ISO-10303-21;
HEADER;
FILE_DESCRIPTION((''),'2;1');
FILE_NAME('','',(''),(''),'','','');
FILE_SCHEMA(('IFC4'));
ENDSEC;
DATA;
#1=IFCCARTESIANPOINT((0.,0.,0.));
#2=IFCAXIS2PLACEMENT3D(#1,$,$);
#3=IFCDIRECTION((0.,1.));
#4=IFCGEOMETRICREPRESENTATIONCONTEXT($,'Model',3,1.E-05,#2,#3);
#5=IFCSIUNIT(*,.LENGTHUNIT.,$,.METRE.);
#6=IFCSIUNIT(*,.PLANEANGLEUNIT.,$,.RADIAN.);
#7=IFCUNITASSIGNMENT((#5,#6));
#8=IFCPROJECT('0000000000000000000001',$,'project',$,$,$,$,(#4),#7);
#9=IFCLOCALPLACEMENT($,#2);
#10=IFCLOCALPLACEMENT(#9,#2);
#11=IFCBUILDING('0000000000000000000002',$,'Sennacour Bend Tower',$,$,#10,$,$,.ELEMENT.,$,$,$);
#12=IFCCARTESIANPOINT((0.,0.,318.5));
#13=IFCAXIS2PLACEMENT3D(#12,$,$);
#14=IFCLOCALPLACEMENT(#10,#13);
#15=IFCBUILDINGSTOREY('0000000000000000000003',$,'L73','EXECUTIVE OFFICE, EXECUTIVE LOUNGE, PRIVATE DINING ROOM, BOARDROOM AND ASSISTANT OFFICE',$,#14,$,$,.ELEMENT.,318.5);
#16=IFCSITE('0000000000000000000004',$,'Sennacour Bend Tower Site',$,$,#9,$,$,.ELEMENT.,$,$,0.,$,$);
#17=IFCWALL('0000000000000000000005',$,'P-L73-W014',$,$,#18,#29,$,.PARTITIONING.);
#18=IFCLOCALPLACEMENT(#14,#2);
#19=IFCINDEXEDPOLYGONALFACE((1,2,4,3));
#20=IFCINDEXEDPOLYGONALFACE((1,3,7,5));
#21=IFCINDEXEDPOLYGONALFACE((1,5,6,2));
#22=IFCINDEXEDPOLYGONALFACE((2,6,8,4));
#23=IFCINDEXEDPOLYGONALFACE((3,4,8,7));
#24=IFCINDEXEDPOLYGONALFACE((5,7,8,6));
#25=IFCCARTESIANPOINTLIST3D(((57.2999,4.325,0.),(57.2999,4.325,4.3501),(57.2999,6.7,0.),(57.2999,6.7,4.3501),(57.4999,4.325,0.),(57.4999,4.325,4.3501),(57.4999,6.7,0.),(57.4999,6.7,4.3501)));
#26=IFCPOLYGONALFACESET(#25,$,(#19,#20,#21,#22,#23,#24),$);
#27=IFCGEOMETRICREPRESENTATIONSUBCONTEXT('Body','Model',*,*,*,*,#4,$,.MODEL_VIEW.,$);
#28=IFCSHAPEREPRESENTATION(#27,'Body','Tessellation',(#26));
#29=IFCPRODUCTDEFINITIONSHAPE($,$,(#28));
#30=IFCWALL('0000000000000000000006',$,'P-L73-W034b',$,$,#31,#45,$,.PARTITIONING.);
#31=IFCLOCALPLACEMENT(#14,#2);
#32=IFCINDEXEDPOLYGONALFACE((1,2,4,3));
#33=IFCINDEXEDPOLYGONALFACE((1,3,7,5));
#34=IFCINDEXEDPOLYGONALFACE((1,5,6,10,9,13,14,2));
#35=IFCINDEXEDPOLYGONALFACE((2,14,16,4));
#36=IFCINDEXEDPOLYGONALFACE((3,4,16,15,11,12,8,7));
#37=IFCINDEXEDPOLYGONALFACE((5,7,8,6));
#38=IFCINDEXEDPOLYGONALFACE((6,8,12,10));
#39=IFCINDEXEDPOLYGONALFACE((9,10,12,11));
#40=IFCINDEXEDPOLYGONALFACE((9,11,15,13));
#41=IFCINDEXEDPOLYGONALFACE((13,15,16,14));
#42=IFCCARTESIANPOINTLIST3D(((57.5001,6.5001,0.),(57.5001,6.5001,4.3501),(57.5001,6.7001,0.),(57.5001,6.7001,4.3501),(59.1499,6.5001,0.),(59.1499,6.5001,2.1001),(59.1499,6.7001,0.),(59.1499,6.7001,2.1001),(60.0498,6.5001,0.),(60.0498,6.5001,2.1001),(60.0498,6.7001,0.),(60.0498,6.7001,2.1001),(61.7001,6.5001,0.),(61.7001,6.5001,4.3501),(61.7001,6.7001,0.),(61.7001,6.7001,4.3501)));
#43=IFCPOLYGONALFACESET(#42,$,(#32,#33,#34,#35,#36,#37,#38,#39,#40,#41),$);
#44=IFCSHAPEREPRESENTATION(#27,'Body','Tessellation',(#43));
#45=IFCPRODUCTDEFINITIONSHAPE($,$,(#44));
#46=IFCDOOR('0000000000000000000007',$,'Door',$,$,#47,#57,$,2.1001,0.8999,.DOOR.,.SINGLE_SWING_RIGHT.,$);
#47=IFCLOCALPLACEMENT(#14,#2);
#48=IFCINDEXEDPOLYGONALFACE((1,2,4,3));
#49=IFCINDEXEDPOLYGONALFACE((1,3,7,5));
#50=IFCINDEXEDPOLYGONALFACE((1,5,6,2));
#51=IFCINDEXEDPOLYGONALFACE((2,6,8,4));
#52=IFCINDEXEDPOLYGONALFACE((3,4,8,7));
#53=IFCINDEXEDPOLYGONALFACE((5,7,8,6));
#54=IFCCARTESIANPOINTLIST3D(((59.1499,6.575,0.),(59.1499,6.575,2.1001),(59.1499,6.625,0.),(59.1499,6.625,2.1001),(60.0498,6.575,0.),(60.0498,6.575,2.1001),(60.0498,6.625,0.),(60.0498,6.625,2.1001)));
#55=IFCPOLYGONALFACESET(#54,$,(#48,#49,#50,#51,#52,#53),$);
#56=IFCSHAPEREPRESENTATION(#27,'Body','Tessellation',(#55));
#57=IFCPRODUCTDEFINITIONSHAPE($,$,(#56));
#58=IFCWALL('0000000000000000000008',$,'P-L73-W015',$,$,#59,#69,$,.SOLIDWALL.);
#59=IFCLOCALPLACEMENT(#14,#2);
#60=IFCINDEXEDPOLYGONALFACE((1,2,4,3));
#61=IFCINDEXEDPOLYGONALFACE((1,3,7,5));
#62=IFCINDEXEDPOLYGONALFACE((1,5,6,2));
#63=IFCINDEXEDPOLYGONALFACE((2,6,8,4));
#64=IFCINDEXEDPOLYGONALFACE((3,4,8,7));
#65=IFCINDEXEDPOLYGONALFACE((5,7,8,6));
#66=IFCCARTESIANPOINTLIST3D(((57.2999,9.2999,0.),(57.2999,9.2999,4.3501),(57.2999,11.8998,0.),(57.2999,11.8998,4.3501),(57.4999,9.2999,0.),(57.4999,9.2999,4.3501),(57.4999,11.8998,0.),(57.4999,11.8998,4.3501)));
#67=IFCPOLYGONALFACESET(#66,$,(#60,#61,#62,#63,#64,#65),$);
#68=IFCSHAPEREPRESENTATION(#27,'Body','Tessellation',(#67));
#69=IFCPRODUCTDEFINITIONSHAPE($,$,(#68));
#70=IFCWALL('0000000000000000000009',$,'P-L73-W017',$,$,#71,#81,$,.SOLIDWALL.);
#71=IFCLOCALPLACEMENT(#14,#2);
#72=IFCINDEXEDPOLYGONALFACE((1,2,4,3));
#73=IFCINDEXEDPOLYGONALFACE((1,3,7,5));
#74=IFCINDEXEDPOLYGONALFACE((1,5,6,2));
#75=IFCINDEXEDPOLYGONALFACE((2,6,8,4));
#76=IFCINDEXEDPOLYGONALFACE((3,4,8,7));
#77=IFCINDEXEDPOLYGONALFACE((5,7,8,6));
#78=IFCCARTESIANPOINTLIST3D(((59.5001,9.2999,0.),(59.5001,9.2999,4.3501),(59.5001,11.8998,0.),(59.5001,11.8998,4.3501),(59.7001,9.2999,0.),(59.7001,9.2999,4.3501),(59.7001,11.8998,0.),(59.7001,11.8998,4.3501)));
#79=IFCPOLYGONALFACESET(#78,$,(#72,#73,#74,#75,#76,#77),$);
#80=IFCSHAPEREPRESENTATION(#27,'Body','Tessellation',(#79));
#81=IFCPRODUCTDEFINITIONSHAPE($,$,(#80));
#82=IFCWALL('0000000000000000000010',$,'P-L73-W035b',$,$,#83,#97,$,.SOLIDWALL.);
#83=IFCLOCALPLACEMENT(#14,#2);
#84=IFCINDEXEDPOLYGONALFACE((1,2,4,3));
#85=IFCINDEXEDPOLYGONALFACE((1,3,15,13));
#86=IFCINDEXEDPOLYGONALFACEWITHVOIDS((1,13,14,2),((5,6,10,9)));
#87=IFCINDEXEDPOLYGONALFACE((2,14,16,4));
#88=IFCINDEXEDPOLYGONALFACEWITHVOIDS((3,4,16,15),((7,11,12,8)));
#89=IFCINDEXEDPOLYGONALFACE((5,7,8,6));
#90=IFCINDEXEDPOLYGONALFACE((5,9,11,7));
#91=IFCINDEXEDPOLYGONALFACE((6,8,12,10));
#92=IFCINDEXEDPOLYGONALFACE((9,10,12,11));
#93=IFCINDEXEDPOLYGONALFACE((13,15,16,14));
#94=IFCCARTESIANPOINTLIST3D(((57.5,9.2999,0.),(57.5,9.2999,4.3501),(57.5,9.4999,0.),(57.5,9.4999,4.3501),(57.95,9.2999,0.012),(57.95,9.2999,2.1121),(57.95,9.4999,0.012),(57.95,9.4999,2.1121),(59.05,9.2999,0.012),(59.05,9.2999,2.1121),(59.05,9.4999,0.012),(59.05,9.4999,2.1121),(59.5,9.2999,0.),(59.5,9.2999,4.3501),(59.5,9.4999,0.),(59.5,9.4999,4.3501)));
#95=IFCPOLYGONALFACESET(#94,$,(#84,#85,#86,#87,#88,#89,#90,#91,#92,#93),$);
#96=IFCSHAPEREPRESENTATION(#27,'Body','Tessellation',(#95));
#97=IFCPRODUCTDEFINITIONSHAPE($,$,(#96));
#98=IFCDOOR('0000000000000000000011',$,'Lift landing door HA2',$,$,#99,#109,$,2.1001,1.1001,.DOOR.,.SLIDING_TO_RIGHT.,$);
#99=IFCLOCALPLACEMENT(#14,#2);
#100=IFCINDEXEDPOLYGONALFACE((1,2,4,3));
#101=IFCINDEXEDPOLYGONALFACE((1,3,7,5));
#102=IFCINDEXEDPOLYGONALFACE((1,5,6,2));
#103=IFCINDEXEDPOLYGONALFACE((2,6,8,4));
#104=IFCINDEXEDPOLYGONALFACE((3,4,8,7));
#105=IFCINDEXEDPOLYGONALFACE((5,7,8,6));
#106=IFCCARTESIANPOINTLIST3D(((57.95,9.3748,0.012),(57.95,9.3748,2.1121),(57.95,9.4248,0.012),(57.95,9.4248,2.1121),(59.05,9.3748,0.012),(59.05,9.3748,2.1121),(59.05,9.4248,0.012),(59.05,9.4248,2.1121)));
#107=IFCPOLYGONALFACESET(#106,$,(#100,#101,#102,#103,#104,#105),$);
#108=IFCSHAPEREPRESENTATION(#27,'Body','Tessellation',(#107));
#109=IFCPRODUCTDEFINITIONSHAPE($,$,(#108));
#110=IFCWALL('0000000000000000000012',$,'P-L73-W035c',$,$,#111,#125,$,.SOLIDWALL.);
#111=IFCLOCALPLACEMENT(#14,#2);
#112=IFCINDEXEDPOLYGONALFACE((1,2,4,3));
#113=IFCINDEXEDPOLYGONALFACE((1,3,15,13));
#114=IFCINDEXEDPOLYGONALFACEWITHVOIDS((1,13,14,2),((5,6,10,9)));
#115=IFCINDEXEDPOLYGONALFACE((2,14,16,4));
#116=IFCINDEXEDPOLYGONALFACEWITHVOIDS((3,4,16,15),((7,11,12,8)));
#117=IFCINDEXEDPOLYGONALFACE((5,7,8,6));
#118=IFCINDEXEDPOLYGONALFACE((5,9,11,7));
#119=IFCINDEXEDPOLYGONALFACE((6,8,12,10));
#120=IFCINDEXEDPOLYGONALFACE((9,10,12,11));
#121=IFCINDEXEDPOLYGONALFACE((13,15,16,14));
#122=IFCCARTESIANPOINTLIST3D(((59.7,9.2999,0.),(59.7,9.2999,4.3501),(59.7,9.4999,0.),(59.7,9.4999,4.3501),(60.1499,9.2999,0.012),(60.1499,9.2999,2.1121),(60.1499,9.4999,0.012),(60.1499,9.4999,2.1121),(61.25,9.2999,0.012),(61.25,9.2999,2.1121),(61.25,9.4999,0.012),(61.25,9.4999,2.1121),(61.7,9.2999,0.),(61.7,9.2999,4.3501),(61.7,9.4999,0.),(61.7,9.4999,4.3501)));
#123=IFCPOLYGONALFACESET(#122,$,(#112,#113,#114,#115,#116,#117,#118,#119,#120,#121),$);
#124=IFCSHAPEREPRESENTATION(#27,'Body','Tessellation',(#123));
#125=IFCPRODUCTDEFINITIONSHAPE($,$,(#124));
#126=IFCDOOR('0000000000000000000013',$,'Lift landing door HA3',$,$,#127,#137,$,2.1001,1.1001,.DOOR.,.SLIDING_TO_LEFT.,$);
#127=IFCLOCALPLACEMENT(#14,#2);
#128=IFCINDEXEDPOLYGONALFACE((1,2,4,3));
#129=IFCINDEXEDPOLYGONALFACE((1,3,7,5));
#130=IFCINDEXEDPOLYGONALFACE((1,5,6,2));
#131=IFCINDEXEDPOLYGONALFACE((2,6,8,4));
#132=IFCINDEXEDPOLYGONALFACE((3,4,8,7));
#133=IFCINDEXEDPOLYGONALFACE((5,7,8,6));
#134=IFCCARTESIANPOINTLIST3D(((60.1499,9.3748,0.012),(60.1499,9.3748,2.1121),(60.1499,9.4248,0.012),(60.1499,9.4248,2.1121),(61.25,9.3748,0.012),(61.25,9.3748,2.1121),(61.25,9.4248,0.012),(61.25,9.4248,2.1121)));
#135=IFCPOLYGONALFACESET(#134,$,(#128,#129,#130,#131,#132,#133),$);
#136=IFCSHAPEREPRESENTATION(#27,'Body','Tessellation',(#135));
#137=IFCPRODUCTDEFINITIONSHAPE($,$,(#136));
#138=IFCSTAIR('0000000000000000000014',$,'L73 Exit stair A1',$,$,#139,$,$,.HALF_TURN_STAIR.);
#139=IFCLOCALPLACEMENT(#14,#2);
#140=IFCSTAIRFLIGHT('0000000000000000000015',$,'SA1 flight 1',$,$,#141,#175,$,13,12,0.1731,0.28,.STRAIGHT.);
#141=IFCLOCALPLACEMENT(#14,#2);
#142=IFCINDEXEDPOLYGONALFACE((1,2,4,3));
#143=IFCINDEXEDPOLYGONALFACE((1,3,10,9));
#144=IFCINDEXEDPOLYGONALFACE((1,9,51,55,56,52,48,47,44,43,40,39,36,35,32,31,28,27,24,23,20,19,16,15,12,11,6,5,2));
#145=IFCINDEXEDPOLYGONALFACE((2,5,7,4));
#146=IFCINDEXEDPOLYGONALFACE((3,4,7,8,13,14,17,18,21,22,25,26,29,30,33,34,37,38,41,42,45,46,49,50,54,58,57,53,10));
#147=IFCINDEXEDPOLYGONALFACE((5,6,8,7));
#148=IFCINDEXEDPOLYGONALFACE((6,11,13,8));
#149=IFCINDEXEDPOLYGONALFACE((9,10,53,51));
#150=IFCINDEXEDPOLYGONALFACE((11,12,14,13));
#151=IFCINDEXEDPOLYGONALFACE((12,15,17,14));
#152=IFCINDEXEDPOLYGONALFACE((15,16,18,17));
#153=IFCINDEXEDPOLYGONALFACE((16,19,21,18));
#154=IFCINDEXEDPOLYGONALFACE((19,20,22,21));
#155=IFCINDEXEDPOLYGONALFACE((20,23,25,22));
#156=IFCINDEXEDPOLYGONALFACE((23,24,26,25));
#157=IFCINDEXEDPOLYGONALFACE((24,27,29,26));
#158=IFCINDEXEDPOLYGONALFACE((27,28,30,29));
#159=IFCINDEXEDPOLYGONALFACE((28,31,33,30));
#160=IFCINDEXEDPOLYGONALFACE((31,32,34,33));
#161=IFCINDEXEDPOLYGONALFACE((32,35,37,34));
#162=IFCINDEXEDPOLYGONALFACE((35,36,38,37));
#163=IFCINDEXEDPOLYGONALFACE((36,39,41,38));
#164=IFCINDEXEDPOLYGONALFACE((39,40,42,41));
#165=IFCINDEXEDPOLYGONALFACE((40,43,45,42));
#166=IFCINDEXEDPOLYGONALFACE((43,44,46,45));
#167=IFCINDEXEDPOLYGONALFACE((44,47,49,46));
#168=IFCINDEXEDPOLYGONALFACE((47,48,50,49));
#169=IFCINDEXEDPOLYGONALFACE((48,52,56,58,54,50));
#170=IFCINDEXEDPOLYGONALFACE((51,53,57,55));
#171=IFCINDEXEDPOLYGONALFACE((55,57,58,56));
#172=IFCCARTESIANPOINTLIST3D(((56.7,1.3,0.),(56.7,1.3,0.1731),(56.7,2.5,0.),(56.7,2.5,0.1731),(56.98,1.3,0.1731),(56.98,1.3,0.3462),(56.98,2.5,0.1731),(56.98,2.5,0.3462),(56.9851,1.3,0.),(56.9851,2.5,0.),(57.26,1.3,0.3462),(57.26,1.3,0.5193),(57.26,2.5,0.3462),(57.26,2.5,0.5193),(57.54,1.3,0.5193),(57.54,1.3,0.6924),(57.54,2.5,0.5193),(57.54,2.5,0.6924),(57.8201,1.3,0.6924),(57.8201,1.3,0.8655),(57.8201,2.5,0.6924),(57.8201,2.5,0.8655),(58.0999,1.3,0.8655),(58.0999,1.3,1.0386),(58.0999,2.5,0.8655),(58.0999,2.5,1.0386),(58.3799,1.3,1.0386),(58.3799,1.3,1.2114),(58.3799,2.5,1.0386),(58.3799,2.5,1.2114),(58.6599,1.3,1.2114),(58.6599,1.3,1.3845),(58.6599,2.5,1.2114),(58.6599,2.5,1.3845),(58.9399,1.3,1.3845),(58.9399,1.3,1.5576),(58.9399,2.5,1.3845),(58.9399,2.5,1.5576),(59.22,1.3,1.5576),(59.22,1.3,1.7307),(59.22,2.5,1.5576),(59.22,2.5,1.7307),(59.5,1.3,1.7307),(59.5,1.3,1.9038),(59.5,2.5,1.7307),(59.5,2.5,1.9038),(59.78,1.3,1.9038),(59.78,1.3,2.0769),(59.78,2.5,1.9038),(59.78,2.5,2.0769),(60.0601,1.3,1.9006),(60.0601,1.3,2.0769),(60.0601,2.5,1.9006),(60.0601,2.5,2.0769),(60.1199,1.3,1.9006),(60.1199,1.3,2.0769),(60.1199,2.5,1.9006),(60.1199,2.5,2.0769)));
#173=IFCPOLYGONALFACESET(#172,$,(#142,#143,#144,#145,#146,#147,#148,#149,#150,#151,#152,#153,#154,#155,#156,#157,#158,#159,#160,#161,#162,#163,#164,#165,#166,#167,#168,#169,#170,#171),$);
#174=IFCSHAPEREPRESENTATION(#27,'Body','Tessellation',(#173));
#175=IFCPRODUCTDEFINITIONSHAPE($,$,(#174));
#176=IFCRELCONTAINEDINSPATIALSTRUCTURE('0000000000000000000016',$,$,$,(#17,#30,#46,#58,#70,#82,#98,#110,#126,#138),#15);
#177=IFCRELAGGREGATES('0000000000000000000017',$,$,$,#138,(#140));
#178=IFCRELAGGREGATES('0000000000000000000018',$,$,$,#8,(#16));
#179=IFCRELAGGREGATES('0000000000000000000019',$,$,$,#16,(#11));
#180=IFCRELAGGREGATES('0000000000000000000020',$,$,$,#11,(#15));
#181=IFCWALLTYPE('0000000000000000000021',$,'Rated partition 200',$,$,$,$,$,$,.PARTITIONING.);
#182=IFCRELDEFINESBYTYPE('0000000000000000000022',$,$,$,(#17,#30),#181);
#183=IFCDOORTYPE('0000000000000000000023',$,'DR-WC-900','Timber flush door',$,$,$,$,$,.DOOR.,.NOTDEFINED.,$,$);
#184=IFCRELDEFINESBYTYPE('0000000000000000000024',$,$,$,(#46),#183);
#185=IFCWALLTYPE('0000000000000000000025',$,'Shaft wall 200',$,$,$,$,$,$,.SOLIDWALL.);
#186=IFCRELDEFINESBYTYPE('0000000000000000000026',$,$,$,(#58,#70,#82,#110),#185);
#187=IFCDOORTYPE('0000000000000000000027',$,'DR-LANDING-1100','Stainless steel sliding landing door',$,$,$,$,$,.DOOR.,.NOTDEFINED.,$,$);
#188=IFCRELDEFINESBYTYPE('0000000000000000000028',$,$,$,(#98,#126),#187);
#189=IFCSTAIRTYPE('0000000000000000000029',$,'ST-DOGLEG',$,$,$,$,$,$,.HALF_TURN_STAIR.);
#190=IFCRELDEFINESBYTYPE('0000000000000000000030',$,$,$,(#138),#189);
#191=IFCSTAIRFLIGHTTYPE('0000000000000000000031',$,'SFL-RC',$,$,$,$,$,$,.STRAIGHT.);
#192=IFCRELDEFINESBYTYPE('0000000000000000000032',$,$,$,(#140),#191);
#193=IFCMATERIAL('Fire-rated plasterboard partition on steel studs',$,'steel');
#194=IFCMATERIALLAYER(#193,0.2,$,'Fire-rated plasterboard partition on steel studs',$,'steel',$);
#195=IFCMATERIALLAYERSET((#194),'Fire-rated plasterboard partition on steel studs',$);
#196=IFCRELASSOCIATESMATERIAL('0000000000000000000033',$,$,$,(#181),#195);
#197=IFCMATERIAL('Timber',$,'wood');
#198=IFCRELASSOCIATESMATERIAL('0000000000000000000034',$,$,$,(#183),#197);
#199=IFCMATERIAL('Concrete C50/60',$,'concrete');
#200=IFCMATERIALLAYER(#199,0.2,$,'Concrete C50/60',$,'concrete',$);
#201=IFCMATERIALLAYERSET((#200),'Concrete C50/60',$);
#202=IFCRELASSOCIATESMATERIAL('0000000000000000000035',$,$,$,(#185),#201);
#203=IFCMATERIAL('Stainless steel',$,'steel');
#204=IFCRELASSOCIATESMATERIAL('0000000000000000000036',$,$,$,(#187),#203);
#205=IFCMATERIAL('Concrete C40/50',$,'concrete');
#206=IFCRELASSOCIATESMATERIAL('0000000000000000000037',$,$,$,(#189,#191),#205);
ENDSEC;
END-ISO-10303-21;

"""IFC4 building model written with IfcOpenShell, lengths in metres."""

from ifc_helpers import new_model, si_unit, direction, frame, frame_2d, origin, place, context, subcontext, project, spatial, polyline, rectangle, outline, extrude, material, layer, layer_set, type_object, element, fill, aggregate, save


model = new_model("IFC4")

# Units and contexts
model_context = context("Model", 3, precision=1e-05, world=origin(), true_north=direction((0.0, 1.0)))
body_context = subcontext(model_context, "Body", "Model", "MODEL_VIEW")
ifc_project = project(units=[si_unit("LENGTHUNIT", "METRE"), si_unit("PLANEANGLEUNIT", "RADIAN")], contexts=[model_context])

# Site, building, storey
site_placement = place(None, origin())
site = spatial("IfcSite", under=ifc_project, at=site_placement, Name="Sennacour Bend Tower Site", CompositionType="ELEMENT", RefElevation=0.0)
building_placement = place(site_placement, origin())
building = spatial("IfcBuilding", under=site, at=building_placement, Name="Sennacour Bend Tower", CompositionType="ELEMENT")
storey_placement = place(building_placement, frame((0.0, 0.0, 318.5)))
storey = spatial("IfcBuildingStorey", under=building, at=storey_placement, Name="L73", Description="EXECUTIVE OFFICE, EXECUTIVE LOUNGE, PRIVATE DINING ROOM, BOARDROOM AND ASSISTANT OFFICE", CompositionType="ELEMENT", Elevation=318.5)

# Wall
ifc_material_1 = material(Name="Fire-rated plasterboard partition on steel studs", Category="steel")
ifc_layer_1 = layer(ifc_material_1, 0.2, Name="Fire-rated plasterboard partition on steel studs", Category="steel")
ifc_layer_set_1 = layer_set([ifc_layer_1], Name="Fire-rated plasterboard partition on steel studs")
wall_type_1 = type_object("IfcWallType", Name="Rated partition 200", PredefinedType="PARTITIONING", material=ifc_layer_set_1)
wall_1_placement = place(storey_placement, frame((57.3999, 4.325, 0.0), z_axis=(0.0, 0.0, 1.0), x_axis=(0.0, 1.0, 0.0)))
element("IfcWall", 1, at=wall_1_placement, inside=storey, type_object=wall_type_1, Name="P-L73-W014", PredefinedType="PARTITIONING", context=body_context, shape_type="SweptSolid", body=[
    extrude(rectangle(XDim=2.375, YDim=0.2, at=frame_2d((1.1875, 0.0))), origin(), (0.0, 0.0, 1.0), 4.3501),
])

# Wall, opening, door
wall_2_placement = place(storey_placement, frame((57.5, 6.6001, 0.0), z_axis=(0.0, 0.0, 1.0), x_axis=(1.0, 0.0, 0.0)))
wall_2 = element("IfcWall", 2, at=wall_2_placement, inside=storey, type_object=wall_type_1, Name="P-L73-W034b", PredefinedType="PARTITIONING", context=body_context, shape_type="SweptSolid", body=[
    extrude(rectangle(XDim=4.2, YDim=0.2, at=frame_2d((2.1001, 0.0))), origin(), (0.0, 0.0, 1.0), 4.3501),
])
opening_1_placement = place(wall_2_placement, frame((1.6499, 0.0, 0.0)))
opening_1 = element("IfcOpeningElement", 3, at=opening_1_placement, cuts=wall_2, PredefinedType="OPENING", context=body_context, shape_type="SweptSolid", body=[
    extrude(rectangle(XDim=0.8999, YDim=2.1001, at=frame_2d((0.45, 1.05))), frame((0.0, 0.1099, 0.0), z_axis=(0.0, -1.0, 0.0), x_axis=(1.0, 0.0, 0.0)), (0.0, 0.0, 1.0), 0.22),
])
ifc_material_2 = material(Name="Timber", Category="wood")
door_type_1 = type_object("IfcDoorType", Name="DR-WC-900", Description="Timber flush door", OperationType="NOTDEFINED", PredefinedType="DOOR", material=ifc_material_2)
door_1_placement = place(opening_1_placement, origin())
door_1 = element("IfcDoor", 4, at=door_1_placement, inside=storey, type_object=door_type_1, Name="Door", OperationType="SINGLE_SWING_RIGHT", OverallHeight=2.1001, OverallWidth=0.8999, PredefinedType="DOOR", context=body_context, shape_type="SweptSolid", body=[
    extrude(rectangle(XDim=0.8999, YDim=2.1001, at=frame_2d((0.45, 1.05))), frame((0.0, 0.0249, 0.0), z_axis=(0.0, -1.0, 0.0), x_axis=(1.0, 0.0, 0.0)), (0.0, 0.0, 1.0), 0.05),
])
fill(opening_1, door_1)

# Walls
ifc_material_3 = material(Name="Concrete C50/60", Category="concrete")
ifc_layer_2 = layer(ifc_material_3, 0.2, Name="Concrete C50/60", Category="concrete")
ifc_layer_set_2 = layer_set([ifc_layer_2], Name="Concrete C50/60")
wall_type_2 = type_object("IfcWallType", Name="Shaft wall 200", PredefinedType="SOLIDWALL", material=ifc_layer_set_2)
for number, where, z_axis, x_axis, name in (
    (5, (57.3999, 9.3, 0.0), (0.0, 0.0, 1.0), (0.0, 1.0, 0.0), "P-L73-W015"),
    (6, (59.6001, 9.3, 0.0), (0.0, 0.0, 1.0), (0.0, 1.0, 0.0), "P-L73-W017"),
):
    element("IfcWall", number, at=place(storey_placement, frame(where, z_axis=z_axis, x_axis=x_axis)), inside=storey, type_object=wall_type_2, Name=name, PredefinedType="SOLIDWALL", context=body_context, shape_type="SweptSolid", body=[
        extrude(rectangle(XDim=2.5999, YDim=0.2, at=frame_2d((1.2998, 0.0))), origin(), (0.0, 0.0, 1.0), 4.3501),
    ])

# Walls, openings, doors
wall_3_placement = place(storey_placement, frame((57.5, 9.3999, 0.0), z_axis=(0.0, 0.0, 1.0), x_axis=(1.0, 0.0, 0.0)))
wall_3 = element("IfcWall", 7, at=wall_3_placement, inside=storey, type_object=wall_type_2, Name="P-L73-W035b", PredefinedType="SOLIDWALL", context=body_context, shape_type="SweptSolid", body=[
    extrude(rectangle(XDim=2.0, YDim=0.2, at=frame_2d((1.0, 0.0))), origin(), (0.0, 0.0, 1.0), 4.3501),
])
opening_2_placement = place(wall_3_placement, frame((0.45, 0.0, 0.012)))
opening_2 = element("IfcOpeningElement", 8, at=opening_2_placement, cuts=wall_3, PredefinedType="OPENING", context=body_context, shape_type="SweptSolid", body=[
    extrude(rectangle(XDim=1.1001, YDim=2.1001, at=frame_2d((0.55, 1.05))), frame((0.0, 0.1099, 0.0), z_axis=(0.0, -1.0, 0.0), x_axis=(1.0, 0.0, 0.0)), (0.0, 0.0, 1.0), 0.22),
])
ifc_material_4 = material(Name="Stainless steel", Category="steel")
door_type_2 = type_object("IfcDoorType", Name="DR-LANDING-1100", Description="Stainless steel sliding landing door", OperationType="NOTDEFINED", PredefinedType="DOOR", material=ifc_material_4)
door_2_placement = place(opening_2_placement, origin())
door_2 = element("IfcDoor", 9, at=door_2_placement, inside=storey, type_object=door_type_2, Name="Lift landing door HA2", OperationType="SLIDING_TO_RIGHT", OverallHeight=2.1001, OverallWidth=1.1001, PredefinedType="DOOR", context=body_context, shape_type="SweptSolid", body=[
    extrude(rectangle(XDim=1.1001, YDim=2.1001, at=frame_2d((0.55, 1.05))), frame((0.0, 0.0249, 0.0), z_axis=(0.0, -1.0, 0.0), x_axis=(1.0, 0.0, 0.0)), (0.0, 0.0, 1.0), 0.05),
])
fill(opening_2, door_2)
wall_4_placement = place(storey_placement, frame((59.7, 9.3999, 0.0), z_axis=(0.0, 0.0, 1.0), x_axis=(1.0, 0.0, 0.0)))
wall_4 = element("IfcWall", 10, at=wall_4_placement, inside=storey, type_object=wall_type_2, Name="P-L73-W035c", PredefinedType="SOLIDWALL", context=body_context, shape_type="SweptSolid", body=[
    extrude(rectangle(XDim=2.0, YDim=0.2, at=frame_2d((1.0, 0.0))), origin(), (0.0, 0.0, 1.0), 4.3501),
])
opening_3_placement = place(wall_4_placement, frame((0.45, 0.0, 0.012)))
opening_3 = element("IfcOpeningElement", 11, at=opening_3_placement, cuts=wall_4, PredefinedType="OPENING", context=body_context, shape_type="SweptSolid", body=[
    extrude(rectangle(XDim=1.1001, YDim=2.1001, at=frame_2d((0.55, 1.05))), frame((0.0, 0.1099, 0.0), z_axis=(0.0, -1.0, 0.0), x_axis=(1.0, 0.0, 0.0)), (0.0, 0.0, 1.0), 0.22),
])
door_3_placement = place(opening_3_placement, origin())
door_3 = element("IfcDoor", 12, at=door_3_placement, inside=storey, type_object=door_type_2, Name="Lift landing door HA3", OperationType="SLIDING_TO_LEFT", OverallHeight=2.1001, OverallWidth=1.1001, PredefinedType="DOOR", context=body_context, shape_type="SweptSolid", body=[
    extrude(rectangle(XDim=1.1001, YDim=2.1001, at=frame_2d((0.55, 1.05))), frame((0.0, 0.0249, 0.0), z_axis=(0.0, -1.0, 0.0), x_axis=(1.0, 0.0, 0.0)), (0.0, 0.0, 1.0), 0.05),
])
fill(opening_3, door_3)

# Stair, stair flight
ifc_material_5 = material(Name="Concrete C40/50", Category="concrete")
stair_type = type_object("IfcStairType", Name="ST-DOGLEG", PredefinedType="HALF_TURN_STAIR", material=ifc_material_5)
stair_placement = place(storey_placement, origin())
stair = element("IfcStair", 13, at=stair_placement, inside=storey, type_object=stair_type, Name="L73 Exit stair A1", PredefinedType="HALF_TURN_STAIR")
stair_flight_type = type_object("IfcStairFlightType", Name="SFL-RC", PredefinedType="STRAIGHT", material=ifc_material_5)
stair_flight_1_placement = place(storey_placement, frame((56.7, 1.8999, 0.0), z_axis=(0.0, 0.0, 1.0), x_axis=(1.0, 0.0, 0.0)))
stair_flight_1 = element("IfcStairFlight", 14, at=stair_flight_1_placement, type_object=stair_flight_type, Name="SA1 flight 1", NumberOfRisers=13, NumberOfTreads=12, PredefinedType="STRAIGHT", RiserHeight=0.1731, TreadLength=0.28, context=body_context, shape_type="SweptSolid", body=[
    extrude(outline(polyline([(0.0, 0.0), (0.0, 0.1731), (0.28, 0.1731), (0.28, 0.3462), (0.5601, 0.3462), (0.5601, 0.5193), (0.8401, 0.5193), (0.8401, 0.6924), (1.1201, 0.6924), (1.1201, 0.8655), (1.3999, 0.8655), (1.3999, 1.0386), (1.6799, 1.0386), (1.6799, 1.2114), (1.96, 1.2114), (1.96, 1.3845), (2.24, 1.3845), (2.24, 1.5576), (2.52, 1.5576), (2.52, 1.7307), (2.8, 1.7307), (2.8, 1.9038), (3.0801, 1.9038), (3.0801, 2.0769), (3.3601, 2.0769), (3.4199, 2.0769), (3.4199, 1.9006), (3.3601, 1.9006), (0.2852, 0.0), (0.0, 0.0)])), frame((0.0, 0.6001, 0.0), z_axis=(0.0, -1.0, 0.0), x_axis=(1.0, 0.0, 0.0)), (0.0, 0.0, 1.0), 1.2),
])
aggregate(stair, [stair_flight_1])

save(model, "model.ifc")
